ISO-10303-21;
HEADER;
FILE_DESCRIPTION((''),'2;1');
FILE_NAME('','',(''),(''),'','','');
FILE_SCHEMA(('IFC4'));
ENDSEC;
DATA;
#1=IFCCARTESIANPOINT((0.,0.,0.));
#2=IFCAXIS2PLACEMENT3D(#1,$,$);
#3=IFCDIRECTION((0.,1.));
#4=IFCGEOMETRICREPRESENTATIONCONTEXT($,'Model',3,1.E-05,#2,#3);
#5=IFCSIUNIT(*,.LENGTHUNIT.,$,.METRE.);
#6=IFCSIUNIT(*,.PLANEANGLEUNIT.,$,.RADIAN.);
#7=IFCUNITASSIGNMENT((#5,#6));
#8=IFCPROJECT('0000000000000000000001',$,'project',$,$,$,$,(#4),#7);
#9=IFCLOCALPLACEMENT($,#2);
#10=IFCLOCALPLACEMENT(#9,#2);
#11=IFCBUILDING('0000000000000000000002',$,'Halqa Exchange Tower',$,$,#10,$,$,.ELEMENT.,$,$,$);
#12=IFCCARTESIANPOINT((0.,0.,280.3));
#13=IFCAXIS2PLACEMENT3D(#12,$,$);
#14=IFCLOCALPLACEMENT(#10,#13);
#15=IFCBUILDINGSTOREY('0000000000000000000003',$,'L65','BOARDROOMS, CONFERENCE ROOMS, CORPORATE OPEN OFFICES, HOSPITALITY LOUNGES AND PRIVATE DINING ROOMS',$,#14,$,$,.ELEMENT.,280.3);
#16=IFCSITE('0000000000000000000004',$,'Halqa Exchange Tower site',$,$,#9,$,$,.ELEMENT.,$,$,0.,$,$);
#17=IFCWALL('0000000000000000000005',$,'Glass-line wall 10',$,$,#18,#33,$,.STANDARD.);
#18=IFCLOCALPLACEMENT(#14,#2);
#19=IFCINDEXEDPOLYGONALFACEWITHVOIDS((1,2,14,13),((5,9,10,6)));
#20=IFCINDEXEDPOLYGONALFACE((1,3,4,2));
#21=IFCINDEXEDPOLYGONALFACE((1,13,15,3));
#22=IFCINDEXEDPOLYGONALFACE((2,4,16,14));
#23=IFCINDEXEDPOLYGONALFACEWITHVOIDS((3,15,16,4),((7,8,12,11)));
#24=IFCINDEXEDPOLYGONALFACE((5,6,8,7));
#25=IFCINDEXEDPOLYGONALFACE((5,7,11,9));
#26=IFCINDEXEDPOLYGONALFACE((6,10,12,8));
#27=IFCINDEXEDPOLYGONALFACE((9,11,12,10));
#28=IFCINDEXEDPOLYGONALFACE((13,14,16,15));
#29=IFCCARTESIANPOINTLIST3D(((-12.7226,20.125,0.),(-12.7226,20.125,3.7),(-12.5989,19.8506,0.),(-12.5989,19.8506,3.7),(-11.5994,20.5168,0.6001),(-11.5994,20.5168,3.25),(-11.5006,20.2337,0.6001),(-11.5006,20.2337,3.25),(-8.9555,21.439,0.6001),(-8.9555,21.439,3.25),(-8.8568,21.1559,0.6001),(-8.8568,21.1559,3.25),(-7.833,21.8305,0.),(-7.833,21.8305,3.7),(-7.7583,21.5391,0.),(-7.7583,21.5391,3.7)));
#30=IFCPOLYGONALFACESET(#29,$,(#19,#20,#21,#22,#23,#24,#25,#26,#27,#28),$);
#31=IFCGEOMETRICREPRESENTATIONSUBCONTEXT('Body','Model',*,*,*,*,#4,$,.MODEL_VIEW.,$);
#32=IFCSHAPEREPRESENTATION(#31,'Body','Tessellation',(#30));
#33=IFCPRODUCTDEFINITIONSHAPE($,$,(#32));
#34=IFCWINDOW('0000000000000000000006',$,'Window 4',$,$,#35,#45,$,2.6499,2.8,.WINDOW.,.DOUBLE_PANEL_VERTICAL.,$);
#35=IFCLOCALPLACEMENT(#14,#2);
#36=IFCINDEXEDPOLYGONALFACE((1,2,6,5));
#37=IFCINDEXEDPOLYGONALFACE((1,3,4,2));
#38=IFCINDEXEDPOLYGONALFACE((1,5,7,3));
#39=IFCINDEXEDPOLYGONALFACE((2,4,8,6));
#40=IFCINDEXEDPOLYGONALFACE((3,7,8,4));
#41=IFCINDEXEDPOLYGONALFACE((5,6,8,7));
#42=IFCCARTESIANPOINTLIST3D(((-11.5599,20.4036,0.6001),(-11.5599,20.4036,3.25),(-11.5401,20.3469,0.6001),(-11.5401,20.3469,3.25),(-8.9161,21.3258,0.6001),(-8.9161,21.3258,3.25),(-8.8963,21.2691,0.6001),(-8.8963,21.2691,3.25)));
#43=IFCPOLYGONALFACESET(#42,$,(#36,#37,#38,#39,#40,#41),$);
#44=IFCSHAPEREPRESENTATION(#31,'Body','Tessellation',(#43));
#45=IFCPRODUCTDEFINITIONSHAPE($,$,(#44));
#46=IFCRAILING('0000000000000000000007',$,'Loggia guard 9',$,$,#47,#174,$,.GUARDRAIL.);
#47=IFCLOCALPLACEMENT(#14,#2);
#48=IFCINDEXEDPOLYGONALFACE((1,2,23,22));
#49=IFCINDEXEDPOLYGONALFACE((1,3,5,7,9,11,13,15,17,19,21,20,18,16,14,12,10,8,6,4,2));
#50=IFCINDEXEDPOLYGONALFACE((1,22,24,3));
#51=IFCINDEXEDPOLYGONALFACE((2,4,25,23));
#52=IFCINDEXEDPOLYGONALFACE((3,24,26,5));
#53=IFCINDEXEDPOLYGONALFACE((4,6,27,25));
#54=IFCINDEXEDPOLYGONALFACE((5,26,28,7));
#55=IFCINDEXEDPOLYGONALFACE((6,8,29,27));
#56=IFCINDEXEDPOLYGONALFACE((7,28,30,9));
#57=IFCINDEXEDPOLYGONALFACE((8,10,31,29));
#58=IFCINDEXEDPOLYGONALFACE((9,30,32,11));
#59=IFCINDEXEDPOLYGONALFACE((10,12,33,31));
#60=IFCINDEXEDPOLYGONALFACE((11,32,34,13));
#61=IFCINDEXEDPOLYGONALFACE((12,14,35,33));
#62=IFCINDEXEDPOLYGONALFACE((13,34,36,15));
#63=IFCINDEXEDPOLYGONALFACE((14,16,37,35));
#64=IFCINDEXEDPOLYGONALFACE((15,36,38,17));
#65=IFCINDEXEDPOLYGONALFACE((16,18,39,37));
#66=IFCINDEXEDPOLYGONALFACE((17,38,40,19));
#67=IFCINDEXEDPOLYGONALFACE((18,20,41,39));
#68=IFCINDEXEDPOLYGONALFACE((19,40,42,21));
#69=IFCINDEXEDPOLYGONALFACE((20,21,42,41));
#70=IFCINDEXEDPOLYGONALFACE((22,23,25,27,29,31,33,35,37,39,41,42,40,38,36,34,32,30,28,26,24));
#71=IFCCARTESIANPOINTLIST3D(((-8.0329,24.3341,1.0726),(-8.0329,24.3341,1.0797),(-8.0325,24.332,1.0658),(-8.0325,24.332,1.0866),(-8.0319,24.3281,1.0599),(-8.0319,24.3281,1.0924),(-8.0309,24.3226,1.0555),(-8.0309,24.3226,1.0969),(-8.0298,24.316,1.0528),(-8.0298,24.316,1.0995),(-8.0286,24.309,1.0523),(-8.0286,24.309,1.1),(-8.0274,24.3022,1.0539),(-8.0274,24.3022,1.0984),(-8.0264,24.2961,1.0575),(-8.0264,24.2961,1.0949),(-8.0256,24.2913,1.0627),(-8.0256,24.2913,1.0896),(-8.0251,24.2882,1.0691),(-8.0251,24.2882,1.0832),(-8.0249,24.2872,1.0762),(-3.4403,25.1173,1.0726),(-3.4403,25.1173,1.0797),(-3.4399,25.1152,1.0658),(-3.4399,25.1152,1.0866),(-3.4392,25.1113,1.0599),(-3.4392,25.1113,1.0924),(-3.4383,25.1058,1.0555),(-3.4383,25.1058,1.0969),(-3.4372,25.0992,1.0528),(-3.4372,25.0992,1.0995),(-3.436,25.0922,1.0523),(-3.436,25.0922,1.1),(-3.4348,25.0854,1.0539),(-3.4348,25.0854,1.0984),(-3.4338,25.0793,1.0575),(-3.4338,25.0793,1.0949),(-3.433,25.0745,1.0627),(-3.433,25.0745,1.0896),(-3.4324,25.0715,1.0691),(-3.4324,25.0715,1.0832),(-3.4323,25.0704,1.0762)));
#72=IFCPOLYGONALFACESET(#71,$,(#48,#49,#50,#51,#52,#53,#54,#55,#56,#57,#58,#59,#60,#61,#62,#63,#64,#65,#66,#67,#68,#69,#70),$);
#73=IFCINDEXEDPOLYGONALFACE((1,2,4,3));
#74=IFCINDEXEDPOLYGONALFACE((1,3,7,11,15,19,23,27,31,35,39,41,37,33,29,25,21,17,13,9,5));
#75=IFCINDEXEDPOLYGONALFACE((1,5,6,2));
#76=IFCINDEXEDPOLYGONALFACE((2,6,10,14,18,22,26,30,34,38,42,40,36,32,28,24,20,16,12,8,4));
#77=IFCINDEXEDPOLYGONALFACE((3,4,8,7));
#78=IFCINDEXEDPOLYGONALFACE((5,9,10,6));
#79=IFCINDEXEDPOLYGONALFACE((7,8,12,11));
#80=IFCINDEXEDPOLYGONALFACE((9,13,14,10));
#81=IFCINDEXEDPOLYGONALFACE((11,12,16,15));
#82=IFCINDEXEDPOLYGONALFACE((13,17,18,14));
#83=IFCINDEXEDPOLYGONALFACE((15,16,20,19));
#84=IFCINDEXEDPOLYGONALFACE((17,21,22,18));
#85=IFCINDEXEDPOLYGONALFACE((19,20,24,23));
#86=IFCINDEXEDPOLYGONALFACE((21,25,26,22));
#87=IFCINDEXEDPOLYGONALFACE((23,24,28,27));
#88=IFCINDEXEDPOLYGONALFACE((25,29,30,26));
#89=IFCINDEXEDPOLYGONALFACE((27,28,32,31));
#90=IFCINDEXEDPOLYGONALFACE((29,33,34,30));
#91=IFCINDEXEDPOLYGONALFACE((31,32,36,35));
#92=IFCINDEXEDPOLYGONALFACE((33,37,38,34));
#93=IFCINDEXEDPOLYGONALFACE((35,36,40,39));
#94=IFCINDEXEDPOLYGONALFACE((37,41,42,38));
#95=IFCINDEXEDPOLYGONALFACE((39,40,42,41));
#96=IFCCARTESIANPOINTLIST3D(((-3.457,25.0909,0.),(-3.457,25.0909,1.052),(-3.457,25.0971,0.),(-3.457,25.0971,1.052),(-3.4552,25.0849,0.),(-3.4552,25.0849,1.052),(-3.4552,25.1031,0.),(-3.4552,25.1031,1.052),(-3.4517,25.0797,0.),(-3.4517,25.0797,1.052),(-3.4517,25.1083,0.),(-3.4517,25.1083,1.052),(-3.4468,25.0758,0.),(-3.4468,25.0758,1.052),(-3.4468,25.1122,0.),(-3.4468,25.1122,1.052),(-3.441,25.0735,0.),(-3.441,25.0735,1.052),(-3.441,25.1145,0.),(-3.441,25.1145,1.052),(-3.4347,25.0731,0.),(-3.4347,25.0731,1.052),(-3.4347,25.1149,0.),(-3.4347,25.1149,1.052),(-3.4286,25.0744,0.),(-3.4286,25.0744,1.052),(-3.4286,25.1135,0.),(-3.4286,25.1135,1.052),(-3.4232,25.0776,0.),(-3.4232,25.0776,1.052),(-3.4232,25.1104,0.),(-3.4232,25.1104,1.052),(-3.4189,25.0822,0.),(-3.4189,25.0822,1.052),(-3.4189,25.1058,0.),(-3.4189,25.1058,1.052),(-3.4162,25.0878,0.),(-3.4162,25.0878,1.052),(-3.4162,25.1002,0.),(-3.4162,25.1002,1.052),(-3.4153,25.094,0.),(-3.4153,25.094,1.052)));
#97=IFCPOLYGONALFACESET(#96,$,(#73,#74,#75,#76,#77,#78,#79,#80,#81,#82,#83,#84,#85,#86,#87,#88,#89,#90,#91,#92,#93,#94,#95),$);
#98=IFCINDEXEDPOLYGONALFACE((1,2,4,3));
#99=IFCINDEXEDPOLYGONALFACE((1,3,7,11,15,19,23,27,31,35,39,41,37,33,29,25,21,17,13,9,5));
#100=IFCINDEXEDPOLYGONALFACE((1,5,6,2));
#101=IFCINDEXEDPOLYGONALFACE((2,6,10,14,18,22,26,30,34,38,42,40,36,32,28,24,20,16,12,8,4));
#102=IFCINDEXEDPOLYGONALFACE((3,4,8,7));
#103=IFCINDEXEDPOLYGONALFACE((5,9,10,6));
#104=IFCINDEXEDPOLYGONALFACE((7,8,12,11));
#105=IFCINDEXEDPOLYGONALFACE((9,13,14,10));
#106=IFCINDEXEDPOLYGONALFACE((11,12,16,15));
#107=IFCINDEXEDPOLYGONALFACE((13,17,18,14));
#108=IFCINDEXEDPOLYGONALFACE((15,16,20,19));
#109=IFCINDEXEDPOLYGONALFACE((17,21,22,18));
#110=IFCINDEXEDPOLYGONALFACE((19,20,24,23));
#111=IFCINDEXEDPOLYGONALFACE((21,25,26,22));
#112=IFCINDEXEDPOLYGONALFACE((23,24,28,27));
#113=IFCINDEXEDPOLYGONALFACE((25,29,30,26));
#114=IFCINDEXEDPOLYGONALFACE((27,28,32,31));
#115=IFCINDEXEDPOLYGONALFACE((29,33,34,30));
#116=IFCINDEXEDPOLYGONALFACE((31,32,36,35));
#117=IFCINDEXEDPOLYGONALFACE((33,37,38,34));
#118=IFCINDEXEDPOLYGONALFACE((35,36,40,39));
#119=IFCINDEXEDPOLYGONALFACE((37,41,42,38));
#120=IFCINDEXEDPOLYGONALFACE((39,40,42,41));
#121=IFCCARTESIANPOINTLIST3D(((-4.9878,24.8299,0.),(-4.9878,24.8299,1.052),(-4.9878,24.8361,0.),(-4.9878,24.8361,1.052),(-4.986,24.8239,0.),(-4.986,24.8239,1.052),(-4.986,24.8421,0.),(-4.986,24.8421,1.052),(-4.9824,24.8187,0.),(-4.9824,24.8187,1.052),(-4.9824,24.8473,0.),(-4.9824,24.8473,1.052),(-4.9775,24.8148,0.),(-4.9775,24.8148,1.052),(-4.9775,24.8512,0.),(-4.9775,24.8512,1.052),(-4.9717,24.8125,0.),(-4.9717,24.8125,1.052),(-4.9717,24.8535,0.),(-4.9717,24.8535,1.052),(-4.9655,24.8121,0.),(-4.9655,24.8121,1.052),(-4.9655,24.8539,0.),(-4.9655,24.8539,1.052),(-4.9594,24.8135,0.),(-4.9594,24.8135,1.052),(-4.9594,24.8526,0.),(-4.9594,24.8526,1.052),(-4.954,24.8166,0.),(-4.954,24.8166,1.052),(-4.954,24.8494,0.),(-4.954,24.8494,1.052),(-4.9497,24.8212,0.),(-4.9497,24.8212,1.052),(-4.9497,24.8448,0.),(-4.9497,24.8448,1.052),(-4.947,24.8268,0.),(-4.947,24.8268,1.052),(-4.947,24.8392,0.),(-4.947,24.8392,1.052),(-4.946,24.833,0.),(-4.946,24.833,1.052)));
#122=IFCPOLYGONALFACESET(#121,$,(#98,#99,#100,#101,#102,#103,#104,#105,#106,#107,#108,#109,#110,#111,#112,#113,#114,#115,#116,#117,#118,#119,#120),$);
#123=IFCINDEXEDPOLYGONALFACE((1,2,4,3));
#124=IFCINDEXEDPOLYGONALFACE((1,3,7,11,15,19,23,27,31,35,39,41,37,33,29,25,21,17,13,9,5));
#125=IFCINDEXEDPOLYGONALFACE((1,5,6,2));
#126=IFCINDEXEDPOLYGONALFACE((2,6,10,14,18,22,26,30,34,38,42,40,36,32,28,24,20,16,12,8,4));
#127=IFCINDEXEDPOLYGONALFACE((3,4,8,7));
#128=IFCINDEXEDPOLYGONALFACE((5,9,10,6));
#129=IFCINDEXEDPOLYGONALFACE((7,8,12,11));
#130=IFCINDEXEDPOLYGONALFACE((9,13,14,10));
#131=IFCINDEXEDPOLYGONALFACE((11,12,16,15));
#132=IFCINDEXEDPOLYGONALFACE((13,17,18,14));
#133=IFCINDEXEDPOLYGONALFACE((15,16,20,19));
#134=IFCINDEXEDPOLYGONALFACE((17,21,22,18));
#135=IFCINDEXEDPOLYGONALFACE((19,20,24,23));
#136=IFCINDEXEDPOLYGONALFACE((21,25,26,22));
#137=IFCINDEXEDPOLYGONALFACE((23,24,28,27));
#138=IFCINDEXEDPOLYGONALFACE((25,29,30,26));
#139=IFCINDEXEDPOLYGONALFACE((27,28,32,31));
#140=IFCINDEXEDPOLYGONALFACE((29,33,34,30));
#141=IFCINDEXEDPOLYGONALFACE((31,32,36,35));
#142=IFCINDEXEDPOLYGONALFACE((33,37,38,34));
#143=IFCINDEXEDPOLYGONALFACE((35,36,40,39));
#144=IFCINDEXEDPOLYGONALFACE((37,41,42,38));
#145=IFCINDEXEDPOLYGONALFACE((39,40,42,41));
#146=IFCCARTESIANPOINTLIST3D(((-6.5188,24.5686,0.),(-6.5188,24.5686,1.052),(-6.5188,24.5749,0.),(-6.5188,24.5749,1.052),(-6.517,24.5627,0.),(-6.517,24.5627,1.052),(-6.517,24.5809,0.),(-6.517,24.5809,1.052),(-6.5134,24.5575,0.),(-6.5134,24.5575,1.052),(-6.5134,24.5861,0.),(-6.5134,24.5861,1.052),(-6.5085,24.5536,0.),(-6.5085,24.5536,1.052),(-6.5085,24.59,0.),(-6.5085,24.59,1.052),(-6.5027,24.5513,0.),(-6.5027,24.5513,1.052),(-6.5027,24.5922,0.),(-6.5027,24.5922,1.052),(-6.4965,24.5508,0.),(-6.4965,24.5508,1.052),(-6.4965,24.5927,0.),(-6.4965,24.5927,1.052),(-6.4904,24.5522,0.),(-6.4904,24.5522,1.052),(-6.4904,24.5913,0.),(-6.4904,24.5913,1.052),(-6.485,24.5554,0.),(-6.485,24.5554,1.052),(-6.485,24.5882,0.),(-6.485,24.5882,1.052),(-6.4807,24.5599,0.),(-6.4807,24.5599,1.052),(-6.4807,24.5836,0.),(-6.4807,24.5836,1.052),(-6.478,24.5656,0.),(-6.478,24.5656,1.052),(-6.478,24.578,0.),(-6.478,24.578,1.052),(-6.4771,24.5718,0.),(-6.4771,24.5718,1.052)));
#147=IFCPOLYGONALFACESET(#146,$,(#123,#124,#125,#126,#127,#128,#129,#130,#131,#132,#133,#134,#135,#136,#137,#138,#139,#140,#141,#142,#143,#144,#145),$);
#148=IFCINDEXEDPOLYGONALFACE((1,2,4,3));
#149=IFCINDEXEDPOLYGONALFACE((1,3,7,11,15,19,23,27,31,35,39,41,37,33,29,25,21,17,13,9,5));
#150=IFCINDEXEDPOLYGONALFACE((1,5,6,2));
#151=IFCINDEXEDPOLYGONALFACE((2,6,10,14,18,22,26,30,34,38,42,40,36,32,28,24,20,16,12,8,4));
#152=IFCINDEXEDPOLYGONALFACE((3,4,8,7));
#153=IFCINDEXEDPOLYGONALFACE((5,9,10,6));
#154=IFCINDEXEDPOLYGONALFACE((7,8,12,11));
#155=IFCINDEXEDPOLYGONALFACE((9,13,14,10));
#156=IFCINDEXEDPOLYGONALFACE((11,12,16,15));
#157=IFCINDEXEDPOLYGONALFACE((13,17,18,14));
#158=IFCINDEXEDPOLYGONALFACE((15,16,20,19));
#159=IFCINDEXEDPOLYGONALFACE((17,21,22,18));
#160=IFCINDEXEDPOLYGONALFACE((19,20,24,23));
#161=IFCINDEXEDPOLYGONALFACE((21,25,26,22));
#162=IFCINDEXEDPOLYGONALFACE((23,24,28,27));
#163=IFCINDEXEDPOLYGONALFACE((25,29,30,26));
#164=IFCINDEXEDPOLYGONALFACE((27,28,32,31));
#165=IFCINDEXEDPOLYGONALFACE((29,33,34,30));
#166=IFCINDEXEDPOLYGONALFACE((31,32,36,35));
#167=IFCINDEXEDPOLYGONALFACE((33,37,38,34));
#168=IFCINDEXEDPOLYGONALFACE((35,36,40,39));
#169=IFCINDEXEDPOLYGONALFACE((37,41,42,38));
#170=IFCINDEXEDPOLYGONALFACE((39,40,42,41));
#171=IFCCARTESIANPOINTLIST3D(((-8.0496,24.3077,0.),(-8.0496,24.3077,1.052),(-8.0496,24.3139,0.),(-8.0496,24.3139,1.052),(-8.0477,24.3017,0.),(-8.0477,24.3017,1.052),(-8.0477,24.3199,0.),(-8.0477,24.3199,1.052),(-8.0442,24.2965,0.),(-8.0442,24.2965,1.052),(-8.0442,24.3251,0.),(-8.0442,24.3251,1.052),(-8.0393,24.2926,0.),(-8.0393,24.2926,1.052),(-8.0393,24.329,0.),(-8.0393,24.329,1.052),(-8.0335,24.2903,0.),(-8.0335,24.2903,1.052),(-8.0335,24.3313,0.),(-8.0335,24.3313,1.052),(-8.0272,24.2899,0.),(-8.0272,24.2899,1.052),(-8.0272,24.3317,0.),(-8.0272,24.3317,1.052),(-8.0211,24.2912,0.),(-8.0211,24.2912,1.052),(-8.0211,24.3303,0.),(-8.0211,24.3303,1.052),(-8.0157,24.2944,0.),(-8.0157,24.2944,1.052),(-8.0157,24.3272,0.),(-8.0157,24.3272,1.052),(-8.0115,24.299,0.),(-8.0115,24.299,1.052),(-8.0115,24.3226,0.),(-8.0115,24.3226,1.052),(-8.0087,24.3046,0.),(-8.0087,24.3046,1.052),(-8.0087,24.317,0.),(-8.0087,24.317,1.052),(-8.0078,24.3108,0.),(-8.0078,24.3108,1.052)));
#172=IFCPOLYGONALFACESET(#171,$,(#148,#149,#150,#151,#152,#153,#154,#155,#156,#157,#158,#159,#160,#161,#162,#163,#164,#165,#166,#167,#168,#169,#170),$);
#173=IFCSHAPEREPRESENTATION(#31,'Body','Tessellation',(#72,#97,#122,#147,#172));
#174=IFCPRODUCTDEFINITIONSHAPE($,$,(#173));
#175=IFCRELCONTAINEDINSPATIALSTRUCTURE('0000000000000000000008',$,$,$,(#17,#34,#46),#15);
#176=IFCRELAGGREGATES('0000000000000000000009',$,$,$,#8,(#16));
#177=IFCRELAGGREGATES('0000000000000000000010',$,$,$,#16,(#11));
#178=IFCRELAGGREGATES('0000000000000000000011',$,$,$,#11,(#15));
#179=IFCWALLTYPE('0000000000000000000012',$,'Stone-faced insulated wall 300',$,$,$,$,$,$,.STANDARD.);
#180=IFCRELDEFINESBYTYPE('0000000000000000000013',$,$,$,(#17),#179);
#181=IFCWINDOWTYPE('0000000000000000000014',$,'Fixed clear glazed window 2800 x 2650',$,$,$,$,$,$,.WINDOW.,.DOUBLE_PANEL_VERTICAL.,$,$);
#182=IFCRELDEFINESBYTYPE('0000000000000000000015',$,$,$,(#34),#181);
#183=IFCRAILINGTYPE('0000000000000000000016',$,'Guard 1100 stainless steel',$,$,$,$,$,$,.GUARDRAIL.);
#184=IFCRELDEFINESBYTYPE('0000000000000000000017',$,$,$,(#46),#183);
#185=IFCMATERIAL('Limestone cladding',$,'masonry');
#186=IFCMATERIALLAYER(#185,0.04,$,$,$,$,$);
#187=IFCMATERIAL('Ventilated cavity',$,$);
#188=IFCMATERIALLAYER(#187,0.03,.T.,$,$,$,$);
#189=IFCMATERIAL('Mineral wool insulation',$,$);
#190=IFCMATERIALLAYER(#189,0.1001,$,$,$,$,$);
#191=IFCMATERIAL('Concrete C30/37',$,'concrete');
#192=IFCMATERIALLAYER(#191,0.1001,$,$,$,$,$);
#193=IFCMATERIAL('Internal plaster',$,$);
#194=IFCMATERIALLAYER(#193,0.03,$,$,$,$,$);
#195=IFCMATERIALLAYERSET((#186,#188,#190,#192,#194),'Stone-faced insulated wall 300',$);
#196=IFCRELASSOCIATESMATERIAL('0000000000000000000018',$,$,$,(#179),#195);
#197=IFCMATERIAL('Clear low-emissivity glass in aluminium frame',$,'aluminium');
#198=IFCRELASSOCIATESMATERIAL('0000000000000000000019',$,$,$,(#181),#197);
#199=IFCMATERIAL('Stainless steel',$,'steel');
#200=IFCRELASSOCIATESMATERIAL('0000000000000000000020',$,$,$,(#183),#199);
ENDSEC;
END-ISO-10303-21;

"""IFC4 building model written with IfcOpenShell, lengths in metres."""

from ifc_helpers import new_model, si_unit, direction, frame, frame_2d, origin, origin_2d, place, context, subcontext, project, spatial, polyline, rectangle, circle, outline, extrude, material, layer, layer_set, type_object, element, fill, save


model = new_model("IFC4")

# Units and contexts
model_context = context("Model", 3, precision=1e-05, world=origin(), true_north=direction((0.0, 1.0)))
body_context = subcontext(model_context, "Body", "Model", "MODEL_VIEW")
ifc_project = project(units=[si_unit("LENGTHUNIT", "METRE"), si_unit("PLANEANGLEUNIT", "RADIAN")], contexts=[model_context])

# Site, building, storey
site_placement = place(None, origin())
site = spatial("IfcSite", under=ifc_project, at=site_placement, Name="Halqa Exchange Tower site", CompositionType="ELEMENT", RefElevation=0.0)
building_placement = place(site_placement, origin())
building = spatial("IfcBuilding", under=site, at=building_placement, Name="Halqa Exchange Tower", CompositionType="ELEMENT")
storey_placement = place(building_placement, frame((0.0, 0.0, 280.3)))
storey = spatial("IfcBuildingStorey", under=building, at=storey_placement, Name="L65", Description="BOARDROOMS, CONFERENCE ROOMS, CORPORATE OPEN OFFICES, HOSPITALITY LOUNGES AND PRIVATE DINING ROOMS", CompositionType="ELEMENT", Elevation=280.3)

# Shared definitions
ifc_material_1 = material(Name="Concrete C30/37", Category="concrete")

# Wall, opening, window
ifc_material_2 = material(Name="Limestone cladding", Category="masonry")
ifc_layer_1 = layer(ifc_material_2, 0.04)
ifc_material_3 = material(Name="Ventilated cavity")
ifc_layer_2 = layer(ifc_material_3, 0.03, ventilated=True)
ifc_material_4 = material(Name="Mineral wool insulation")
ifc_layer_3 = layer(ifc_material_4, 0.1001)
ifc_layer_4 = layer(ifc_material_1, 0.1001)
ifc_material_5 = material(Name="Internal plaster")
ifc_layer_5 = layer(ifc_material_5, 0.03)
ifc_layer_set_1 = layer_set([ifc_layer_1, ifc_layer_2, ifc_layer_3, ifc_layer_4, ifc_layer_5], Name="Stone-faced insulated wall 300")
wall_type_1 = type_object("IfcWallType", Name="Stone-faced insulated wall 300", PredefinedType="STANDARD", material=ifc_layer_set_1)
ifc_material_6 = material(Name="Clear low-emissivity glass in aluminium frame", Category="aluminium")
window_type = type_object("IfcWindowType", Name="Fixed clear glazed window 2800 x 2650", PartitioningType="DOUBLE_PANEL_VERTICAL", PredefinedType="WINDOW", material=ifc_material_6)
wall_1_placement = place(storey_placement, frame((-7.7957, 21.6848, 0.0), z_axis=(0.0, 0.0, 1.0), x_axis=(-0.944204, -0.32936, 0.0)))
wall_1 = element("IfcWall", 1, at=wall_1_placement, inside=storey, type_object=wall_type_1, Name="Glass-line wall 10", PredefinedType="STANDARD", context=body_context, shape_type="SweptSolid", body=[
    extrude(outline(polyline([(-0.0127, -0.1499), (5.1658, -0.1499), (5.1394, 0.1499), (0.0127, 0.1499), (-0.0127, -0.1499)])), origin(), (0.0, 0.0, 1.0), 3.7),
])
opening_1_placement = place(wall_1_placement, frame((1.1763, 0.0, 0.6001)))
opening_1 = element("IfcOpeningElement", 2, at=opening_1_placement, cuts=wall_1, PredefinedType="OPENING", context=body_context, shape_type="SweptSolid", body=[
    extrude(rectangle(XDim=2.8, YDim=2.6499, at=frame_2d((1.3999, 1.325))), frame((0.0, 0.1621, 0.0), z_axis=(0.0, -1.0, 0.0), x_axis=(1.0, 0.0, 0.0)), (0.0, 0.0, 1.0), 0.324),
])
window_1_placement = place(opening_1_placement, origin())
window_1 = element("IfcWindow", 3, at=window_1_placement, inside=storey, type_object=window_type, Name="Window 4", OverallHeight=2.6499, OverallWidth=2.8, PartitioningType="DOUBLE_PANEL_VERTICAL", PredefinedType="WINDOW", context=body_context, shape_type="SweptSolid", body=[
    extrude(rectangle(XDim=2.8, YDim=2.6499, at=frame_2d((1.3999, 1.325))), frame((0.0, 0.03, 0.0), z_axis=(0.0, -1.0, 0.0), x_axis=(1.0, 0.0, 0.0)), (0.0, 0.0, 1.0), 0.0601),
])
fill(opening_1, window_1)

# Railing
ifc_material_7 = material(Name="Stainless steel", Category="steel")
railing_type_1 = type_object("IfcRailingType", Name="Guard 1100 stainless steel", PredefinedType="GUARDRAIL", material=ifc_material_7)
railing_1_placement = place(storey_placement, frame((-3.4363, 25.094, 0.0)))
element("IfcRailing", 4, at=railing_1_placement, inside=storey, type_object=railing_type_1, Name="Loggia guard 9", PredefinedType="GUARDRAIL", context=body_context, shape_type="SweptSolid", body=[
    extrude(circle(Radius=0.0239, at=origin_2d()), frame((0.0, 0.0, 1.0762), z_axis=(-0.985768, -0.168111, 0.0), x_axis=(0.168111, -0.985768, 0.0)), (0.0, 0.0, 1.0), 4.6589),
    extrude(circle(Radius=0.021, at=origin_2d()), origin(), (0.0, 0.0, 1.0), 1.052),
    extrude(circle(Radius=0.021, at=origin_2d()), frame((-1.5308, -0.261, 0.0)), (0.0, 0.0, 1.0), 1.052),
    extrude(circle(Radius=0.021, at=origin_2d()), frame((-3.0618, -0.5222, 0.0)), (0.0, 0.0, 1.0), 1.052),
    extrude(circle(Radius=0.021, at=origin_2d()), frame((-4.5925, -0.7832, 0.0)), (0.0, 0.0, 1.0), 1.052),
])

save(model, "model.ifc")
